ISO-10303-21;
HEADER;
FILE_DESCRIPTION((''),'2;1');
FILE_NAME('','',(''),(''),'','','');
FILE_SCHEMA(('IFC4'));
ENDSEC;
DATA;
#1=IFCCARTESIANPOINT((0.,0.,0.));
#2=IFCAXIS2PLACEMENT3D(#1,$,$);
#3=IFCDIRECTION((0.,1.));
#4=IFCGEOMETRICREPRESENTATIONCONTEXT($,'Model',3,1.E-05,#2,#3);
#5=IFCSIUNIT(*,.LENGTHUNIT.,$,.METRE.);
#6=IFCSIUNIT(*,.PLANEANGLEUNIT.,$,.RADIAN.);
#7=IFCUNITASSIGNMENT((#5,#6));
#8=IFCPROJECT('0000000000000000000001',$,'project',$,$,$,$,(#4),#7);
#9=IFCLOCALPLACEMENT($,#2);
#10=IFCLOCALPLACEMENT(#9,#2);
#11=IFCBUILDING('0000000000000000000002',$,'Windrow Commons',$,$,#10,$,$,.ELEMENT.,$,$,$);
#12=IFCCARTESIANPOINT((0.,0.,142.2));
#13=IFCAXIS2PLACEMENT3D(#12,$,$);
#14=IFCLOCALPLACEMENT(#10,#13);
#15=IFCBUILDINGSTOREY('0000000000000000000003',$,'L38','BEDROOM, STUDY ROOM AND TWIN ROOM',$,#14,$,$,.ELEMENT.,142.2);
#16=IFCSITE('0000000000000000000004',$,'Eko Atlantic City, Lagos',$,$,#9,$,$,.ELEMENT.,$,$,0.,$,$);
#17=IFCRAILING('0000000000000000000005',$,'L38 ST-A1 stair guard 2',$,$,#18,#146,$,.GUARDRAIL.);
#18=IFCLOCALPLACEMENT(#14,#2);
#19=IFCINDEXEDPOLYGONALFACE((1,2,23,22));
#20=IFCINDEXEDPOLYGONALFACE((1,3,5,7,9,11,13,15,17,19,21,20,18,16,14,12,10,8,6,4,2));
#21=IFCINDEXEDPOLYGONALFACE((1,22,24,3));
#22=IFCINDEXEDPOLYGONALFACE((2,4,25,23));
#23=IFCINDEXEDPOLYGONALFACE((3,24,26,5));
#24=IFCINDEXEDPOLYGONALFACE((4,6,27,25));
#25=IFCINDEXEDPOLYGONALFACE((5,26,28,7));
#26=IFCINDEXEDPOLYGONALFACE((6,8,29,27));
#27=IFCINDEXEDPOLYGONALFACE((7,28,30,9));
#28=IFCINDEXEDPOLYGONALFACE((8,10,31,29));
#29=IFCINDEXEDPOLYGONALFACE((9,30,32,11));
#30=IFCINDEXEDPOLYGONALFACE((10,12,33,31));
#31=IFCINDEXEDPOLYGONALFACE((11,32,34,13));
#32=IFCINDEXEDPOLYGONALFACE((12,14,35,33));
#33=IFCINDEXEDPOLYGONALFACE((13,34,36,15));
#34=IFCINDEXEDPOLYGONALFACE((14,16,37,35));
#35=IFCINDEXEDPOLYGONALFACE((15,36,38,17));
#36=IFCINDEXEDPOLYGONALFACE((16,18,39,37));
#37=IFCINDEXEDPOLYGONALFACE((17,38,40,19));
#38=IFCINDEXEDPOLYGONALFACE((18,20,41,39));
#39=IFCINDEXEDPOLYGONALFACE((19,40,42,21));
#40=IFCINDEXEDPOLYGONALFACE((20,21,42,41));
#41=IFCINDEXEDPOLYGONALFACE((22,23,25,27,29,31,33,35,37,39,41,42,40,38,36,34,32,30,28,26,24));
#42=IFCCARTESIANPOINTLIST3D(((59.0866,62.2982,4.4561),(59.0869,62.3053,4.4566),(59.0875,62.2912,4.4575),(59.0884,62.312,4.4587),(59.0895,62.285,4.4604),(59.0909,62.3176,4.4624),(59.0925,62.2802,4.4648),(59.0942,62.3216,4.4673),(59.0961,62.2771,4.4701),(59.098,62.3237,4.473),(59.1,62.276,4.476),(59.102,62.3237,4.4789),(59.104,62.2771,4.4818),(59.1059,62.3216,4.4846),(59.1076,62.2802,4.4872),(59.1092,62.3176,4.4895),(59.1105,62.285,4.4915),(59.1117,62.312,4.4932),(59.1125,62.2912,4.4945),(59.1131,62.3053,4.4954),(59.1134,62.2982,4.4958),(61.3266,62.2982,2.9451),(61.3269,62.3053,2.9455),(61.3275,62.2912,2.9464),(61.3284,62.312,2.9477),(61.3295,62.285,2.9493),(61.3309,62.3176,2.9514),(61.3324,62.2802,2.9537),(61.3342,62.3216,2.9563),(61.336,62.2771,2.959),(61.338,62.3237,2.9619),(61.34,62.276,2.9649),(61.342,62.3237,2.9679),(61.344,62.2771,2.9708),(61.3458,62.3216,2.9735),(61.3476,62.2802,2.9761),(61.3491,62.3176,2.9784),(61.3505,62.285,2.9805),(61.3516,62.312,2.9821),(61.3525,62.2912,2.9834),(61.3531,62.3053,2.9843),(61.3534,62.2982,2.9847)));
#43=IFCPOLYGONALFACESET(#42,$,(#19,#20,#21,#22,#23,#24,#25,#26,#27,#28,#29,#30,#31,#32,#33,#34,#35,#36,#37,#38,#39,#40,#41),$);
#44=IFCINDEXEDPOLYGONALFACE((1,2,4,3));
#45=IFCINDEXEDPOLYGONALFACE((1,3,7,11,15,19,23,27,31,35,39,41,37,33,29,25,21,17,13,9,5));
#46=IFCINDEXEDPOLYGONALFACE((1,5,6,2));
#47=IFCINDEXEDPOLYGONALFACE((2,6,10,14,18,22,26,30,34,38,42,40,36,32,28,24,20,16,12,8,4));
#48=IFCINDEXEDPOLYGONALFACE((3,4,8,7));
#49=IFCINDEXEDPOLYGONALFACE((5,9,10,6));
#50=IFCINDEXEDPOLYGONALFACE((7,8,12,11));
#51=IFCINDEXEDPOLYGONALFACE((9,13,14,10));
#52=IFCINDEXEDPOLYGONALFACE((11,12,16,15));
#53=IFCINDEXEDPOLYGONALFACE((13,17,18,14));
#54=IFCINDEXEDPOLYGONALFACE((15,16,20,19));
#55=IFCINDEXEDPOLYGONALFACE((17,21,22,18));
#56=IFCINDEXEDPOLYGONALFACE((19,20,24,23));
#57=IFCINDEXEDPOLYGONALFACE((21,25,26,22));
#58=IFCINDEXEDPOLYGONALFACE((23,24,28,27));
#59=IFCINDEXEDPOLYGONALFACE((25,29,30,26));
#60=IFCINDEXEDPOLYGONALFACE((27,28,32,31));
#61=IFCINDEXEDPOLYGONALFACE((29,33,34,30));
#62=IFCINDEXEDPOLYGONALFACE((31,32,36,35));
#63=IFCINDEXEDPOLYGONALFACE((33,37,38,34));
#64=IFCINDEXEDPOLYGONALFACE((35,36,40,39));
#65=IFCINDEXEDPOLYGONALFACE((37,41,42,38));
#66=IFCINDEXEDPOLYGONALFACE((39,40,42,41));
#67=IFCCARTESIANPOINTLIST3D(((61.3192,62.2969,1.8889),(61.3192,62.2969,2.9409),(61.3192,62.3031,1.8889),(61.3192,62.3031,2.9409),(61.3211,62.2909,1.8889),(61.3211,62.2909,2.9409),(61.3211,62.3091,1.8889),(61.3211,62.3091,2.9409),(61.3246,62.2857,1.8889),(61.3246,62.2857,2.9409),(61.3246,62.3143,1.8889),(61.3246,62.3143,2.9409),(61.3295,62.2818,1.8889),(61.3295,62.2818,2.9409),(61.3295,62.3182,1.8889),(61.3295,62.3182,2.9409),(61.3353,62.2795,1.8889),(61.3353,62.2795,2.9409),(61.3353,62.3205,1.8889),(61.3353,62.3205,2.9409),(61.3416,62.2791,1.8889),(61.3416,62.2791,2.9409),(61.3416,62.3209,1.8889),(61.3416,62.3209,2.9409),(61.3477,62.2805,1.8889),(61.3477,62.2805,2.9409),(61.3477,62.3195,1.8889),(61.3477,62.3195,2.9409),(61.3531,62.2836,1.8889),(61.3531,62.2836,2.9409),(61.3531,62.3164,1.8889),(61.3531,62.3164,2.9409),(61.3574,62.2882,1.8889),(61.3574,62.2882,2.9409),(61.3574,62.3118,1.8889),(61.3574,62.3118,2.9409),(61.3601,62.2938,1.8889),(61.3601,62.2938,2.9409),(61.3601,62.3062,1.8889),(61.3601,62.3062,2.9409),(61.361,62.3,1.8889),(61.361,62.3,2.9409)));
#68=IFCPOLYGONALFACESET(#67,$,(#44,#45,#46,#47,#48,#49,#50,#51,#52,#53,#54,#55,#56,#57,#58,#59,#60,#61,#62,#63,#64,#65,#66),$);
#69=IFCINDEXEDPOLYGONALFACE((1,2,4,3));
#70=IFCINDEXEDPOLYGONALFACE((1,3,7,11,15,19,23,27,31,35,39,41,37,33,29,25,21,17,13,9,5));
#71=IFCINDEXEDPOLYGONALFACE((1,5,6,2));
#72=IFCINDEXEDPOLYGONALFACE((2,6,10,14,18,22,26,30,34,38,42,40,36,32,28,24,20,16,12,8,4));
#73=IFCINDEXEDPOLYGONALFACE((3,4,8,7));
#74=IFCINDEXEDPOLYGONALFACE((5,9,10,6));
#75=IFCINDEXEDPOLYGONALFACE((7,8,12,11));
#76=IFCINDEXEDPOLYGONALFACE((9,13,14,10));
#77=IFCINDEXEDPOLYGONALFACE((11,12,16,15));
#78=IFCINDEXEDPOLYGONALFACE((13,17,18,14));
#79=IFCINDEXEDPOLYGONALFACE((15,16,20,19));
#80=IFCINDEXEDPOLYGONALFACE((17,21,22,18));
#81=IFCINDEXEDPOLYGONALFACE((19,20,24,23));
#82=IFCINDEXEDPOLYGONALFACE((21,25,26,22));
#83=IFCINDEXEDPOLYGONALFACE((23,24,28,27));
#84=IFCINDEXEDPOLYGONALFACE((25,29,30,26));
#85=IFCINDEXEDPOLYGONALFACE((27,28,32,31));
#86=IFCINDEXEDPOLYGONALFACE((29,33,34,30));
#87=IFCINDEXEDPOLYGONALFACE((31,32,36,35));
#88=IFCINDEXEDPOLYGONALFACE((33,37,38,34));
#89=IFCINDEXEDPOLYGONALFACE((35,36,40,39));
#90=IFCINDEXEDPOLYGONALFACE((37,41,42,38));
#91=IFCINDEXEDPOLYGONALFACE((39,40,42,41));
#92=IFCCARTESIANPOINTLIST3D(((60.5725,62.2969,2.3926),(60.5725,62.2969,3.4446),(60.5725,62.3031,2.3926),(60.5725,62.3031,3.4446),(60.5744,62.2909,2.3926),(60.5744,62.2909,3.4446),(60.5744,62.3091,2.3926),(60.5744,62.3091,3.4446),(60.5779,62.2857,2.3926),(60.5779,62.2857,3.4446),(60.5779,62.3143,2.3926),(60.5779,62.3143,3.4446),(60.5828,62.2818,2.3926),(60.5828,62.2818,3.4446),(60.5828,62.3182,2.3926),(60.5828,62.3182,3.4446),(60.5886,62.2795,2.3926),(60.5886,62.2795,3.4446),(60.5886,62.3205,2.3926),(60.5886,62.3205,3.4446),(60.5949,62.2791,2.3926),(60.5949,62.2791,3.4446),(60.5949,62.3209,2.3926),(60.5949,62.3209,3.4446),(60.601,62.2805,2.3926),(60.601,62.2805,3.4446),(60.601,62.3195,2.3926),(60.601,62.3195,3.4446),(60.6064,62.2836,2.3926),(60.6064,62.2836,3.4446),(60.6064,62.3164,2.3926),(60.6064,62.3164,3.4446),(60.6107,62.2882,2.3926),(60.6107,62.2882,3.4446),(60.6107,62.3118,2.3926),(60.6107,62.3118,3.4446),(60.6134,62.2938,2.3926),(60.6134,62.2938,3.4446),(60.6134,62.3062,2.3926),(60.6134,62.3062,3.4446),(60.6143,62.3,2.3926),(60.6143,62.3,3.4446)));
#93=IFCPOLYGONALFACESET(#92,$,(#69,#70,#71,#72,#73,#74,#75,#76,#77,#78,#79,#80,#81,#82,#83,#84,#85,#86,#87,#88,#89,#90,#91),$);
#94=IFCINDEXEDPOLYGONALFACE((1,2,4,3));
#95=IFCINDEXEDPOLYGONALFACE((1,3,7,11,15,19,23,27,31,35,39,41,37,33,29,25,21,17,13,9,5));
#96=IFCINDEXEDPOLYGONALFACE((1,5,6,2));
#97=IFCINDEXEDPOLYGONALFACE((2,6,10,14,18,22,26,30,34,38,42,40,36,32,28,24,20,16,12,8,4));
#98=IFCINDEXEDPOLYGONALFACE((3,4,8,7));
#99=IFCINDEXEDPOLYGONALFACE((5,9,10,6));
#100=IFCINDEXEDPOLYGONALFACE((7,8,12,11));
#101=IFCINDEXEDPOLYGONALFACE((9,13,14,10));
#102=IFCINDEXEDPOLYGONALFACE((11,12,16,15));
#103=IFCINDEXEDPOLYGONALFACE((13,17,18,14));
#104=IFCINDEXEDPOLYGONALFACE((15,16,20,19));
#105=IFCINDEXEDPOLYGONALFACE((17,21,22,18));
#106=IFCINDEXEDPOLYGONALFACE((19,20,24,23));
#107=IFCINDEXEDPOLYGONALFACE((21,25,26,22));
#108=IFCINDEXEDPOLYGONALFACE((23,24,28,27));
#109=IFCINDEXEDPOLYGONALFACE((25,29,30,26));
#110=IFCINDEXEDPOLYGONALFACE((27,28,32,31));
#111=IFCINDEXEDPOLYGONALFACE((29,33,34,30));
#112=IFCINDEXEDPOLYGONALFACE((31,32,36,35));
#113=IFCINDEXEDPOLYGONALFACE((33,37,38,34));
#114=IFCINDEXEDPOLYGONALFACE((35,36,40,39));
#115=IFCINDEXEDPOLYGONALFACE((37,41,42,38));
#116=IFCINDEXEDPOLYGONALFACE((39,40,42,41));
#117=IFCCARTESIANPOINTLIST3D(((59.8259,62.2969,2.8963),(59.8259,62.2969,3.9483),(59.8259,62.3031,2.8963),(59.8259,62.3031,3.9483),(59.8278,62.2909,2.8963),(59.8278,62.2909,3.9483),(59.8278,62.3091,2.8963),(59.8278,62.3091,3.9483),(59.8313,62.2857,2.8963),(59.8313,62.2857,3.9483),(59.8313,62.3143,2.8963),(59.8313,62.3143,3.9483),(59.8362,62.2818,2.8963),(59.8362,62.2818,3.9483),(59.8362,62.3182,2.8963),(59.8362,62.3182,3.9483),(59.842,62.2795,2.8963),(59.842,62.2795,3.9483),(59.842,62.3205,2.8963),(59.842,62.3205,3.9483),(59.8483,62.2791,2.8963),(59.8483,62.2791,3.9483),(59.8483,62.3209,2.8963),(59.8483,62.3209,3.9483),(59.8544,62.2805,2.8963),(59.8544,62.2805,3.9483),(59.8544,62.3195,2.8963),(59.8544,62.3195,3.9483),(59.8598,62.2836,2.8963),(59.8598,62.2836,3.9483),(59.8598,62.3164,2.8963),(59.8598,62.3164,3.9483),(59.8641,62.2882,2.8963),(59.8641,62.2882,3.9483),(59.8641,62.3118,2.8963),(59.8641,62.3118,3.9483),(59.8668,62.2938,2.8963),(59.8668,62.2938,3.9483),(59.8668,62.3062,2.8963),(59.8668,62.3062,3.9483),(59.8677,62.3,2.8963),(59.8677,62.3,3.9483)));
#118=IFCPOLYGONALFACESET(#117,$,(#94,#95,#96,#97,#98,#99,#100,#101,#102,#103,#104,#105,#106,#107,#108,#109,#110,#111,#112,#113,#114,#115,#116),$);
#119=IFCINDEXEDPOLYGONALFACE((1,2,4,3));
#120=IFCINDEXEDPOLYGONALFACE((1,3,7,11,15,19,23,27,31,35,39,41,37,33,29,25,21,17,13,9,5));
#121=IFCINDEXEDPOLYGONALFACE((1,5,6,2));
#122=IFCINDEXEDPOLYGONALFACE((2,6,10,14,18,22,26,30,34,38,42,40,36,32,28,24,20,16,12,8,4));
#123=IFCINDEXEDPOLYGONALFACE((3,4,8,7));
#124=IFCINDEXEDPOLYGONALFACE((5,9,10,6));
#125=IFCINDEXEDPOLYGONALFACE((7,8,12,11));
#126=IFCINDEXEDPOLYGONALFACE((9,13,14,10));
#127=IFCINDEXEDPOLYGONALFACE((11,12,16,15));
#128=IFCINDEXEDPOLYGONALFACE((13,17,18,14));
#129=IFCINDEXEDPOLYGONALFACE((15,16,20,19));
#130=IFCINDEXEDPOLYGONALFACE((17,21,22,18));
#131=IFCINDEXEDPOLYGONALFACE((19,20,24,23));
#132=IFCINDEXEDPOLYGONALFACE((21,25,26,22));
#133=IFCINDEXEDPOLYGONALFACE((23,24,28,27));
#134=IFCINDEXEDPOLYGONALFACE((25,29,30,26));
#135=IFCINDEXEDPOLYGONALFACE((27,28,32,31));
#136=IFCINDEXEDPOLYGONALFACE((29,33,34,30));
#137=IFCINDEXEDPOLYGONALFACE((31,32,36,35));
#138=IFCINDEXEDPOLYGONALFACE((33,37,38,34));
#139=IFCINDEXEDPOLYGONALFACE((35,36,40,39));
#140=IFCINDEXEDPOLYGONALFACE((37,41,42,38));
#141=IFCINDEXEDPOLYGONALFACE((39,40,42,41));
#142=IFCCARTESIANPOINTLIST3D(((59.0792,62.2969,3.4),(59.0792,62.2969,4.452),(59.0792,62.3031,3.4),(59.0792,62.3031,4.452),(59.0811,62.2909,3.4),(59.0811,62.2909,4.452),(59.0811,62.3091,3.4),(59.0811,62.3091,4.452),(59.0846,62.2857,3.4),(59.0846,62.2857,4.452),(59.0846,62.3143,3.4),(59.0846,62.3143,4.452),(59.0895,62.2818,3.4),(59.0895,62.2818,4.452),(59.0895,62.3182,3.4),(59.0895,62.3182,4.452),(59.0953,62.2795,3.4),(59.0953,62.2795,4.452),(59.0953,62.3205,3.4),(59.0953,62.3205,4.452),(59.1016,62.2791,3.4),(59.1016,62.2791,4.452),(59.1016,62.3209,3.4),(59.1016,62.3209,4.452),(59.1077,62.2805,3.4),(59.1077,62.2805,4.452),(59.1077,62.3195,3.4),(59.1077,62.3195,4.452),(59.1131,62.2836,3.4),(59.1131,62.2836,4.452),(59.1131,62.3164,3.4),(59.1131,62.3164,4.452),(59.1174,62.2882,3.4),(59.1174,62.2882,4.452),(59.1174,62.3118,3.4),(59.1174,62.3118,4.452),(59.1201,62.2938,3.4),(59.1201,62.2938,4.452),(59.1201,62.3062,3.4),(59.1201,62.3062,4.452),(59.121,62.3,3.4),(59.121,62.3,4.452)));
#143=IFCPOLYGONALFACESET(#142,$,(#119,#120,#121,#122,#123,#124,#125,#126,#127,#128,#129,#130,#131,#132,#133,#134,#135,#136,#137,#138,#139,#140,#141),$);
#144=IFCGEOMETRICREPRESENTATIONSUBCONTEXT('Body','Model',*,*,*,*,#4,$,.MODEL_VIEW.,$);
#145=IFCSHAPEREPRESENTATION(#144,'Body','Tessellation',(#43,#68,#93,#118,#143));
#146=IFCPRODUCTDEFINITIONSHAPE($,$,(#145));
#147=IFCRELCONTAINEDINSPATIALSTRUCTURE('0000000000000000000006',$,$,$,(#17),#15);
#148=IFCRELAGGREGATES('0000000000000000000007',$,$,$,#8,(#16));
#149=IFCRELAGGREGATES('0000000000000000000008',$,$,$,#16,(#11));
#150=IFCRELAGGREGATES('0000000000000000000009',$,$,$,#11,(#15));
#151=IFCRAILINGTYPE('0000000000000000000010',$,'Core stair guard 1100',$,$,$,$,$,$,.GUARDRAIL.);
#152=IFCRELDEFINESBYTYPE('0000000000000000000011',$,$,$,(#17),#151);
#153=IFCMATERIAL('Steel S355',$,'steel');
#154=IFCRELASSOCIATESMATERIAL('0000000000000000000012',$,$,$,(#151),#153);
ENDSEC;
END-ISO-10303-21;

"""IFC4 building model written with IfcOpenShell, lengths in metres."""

from ifc_helpers import new_model, si_unit, direction, frame, origin, origin_2d, place, context, subcontext, project, spatial, circle, extrude, material, type_object, element, save


model = new_model("IFC4")

# Units and contexts
model_context = context("Model", 3, precision=1e-05, world=origin(), true_north=direction((0.0, 1.0)))
body_context = subcontext(model_context, "Body", "Model", "MODEL_VIEW")
ifc_project = project(units=[si_unit("LENGTHUNIT", "METRE"), si_unit("PLANEANGLEUNIT", "RADIAN")], contexts=[model_context])

# Site, building, storey
site_placement = place(None, origin())
site = spatial("IfcSite", under=ifc_project, at=site_placement, Name="Eko Atlantic City, Lagos", CompositionType="ELEMENT", RefElevation=0.0)
building_placement = place(site_placement, origin())
building = spatial("IfcBuilding", under=site, at=building_placement, Name="Windrow Commons", CompositionType="ELEMENT")
storey_placement = place(building_placement, frame((0.0, 0.0, 142.2)))
storey = spatial("IfcBuildingStorey", under=building, at=storey_placement, Name="L38", Description="BEDROOM, STUDY ROOM AND TWIN ROOM", CompositionType="ELEMENT", Elevation=142.2)

# Railing
ifc_material_1 = material(Name="Steel S355", Category="steel")
railing_type_1 = type_object("IfcRailingType", Name="Core stair guard 1100", PredefinedType="GUARDRAIL", material=ifc_material_1)
railing_1_placement = place(storey_placement, frame((61.34, 62.3, 1.8889)))
element("IfcRailing", 1, at=railing_1_placement, inside=storey, type_object=railing_type_1, Name="L38 ST-A1 stair guard 2", PredefinedType="GUARDRAIL", context=body_context, shape_type="SweptSolid", body=[
    extrude(circle(Radius=0.024, at=origin_2d()), frame((0.0, 0.0, 1.076), z_axis=(-0.829003, 0.0, 0.559244), x_axis=(0.0, -1.0, 0.0)), (0.0, 0.0, 1.0), 2.702),
    extrude(circle(Radius=0.021, at=origin_2d()), origin(), (0.0, 0.0, 1.0), 1.052),
    extrude(circle(Radius=0.021, at=origin_2d()), frame((-0.7467, 0.0, 0.5037)), (0.0, 0.0, 1.0), 1.052),
    extrude(circle(Radius=0.021, at=origin_2d()), frame((-1.4933, 0.0, 1.0074)), (0.0, 0.0, 1.0), 1.052),
    extrude(circle(Radius=0.021, at=origin_2d()), frame((-2.24, 0.0, 1.5111)), (0.0, 0.0, 1.0), 1.052),
])

save(model, "model.ifc")
